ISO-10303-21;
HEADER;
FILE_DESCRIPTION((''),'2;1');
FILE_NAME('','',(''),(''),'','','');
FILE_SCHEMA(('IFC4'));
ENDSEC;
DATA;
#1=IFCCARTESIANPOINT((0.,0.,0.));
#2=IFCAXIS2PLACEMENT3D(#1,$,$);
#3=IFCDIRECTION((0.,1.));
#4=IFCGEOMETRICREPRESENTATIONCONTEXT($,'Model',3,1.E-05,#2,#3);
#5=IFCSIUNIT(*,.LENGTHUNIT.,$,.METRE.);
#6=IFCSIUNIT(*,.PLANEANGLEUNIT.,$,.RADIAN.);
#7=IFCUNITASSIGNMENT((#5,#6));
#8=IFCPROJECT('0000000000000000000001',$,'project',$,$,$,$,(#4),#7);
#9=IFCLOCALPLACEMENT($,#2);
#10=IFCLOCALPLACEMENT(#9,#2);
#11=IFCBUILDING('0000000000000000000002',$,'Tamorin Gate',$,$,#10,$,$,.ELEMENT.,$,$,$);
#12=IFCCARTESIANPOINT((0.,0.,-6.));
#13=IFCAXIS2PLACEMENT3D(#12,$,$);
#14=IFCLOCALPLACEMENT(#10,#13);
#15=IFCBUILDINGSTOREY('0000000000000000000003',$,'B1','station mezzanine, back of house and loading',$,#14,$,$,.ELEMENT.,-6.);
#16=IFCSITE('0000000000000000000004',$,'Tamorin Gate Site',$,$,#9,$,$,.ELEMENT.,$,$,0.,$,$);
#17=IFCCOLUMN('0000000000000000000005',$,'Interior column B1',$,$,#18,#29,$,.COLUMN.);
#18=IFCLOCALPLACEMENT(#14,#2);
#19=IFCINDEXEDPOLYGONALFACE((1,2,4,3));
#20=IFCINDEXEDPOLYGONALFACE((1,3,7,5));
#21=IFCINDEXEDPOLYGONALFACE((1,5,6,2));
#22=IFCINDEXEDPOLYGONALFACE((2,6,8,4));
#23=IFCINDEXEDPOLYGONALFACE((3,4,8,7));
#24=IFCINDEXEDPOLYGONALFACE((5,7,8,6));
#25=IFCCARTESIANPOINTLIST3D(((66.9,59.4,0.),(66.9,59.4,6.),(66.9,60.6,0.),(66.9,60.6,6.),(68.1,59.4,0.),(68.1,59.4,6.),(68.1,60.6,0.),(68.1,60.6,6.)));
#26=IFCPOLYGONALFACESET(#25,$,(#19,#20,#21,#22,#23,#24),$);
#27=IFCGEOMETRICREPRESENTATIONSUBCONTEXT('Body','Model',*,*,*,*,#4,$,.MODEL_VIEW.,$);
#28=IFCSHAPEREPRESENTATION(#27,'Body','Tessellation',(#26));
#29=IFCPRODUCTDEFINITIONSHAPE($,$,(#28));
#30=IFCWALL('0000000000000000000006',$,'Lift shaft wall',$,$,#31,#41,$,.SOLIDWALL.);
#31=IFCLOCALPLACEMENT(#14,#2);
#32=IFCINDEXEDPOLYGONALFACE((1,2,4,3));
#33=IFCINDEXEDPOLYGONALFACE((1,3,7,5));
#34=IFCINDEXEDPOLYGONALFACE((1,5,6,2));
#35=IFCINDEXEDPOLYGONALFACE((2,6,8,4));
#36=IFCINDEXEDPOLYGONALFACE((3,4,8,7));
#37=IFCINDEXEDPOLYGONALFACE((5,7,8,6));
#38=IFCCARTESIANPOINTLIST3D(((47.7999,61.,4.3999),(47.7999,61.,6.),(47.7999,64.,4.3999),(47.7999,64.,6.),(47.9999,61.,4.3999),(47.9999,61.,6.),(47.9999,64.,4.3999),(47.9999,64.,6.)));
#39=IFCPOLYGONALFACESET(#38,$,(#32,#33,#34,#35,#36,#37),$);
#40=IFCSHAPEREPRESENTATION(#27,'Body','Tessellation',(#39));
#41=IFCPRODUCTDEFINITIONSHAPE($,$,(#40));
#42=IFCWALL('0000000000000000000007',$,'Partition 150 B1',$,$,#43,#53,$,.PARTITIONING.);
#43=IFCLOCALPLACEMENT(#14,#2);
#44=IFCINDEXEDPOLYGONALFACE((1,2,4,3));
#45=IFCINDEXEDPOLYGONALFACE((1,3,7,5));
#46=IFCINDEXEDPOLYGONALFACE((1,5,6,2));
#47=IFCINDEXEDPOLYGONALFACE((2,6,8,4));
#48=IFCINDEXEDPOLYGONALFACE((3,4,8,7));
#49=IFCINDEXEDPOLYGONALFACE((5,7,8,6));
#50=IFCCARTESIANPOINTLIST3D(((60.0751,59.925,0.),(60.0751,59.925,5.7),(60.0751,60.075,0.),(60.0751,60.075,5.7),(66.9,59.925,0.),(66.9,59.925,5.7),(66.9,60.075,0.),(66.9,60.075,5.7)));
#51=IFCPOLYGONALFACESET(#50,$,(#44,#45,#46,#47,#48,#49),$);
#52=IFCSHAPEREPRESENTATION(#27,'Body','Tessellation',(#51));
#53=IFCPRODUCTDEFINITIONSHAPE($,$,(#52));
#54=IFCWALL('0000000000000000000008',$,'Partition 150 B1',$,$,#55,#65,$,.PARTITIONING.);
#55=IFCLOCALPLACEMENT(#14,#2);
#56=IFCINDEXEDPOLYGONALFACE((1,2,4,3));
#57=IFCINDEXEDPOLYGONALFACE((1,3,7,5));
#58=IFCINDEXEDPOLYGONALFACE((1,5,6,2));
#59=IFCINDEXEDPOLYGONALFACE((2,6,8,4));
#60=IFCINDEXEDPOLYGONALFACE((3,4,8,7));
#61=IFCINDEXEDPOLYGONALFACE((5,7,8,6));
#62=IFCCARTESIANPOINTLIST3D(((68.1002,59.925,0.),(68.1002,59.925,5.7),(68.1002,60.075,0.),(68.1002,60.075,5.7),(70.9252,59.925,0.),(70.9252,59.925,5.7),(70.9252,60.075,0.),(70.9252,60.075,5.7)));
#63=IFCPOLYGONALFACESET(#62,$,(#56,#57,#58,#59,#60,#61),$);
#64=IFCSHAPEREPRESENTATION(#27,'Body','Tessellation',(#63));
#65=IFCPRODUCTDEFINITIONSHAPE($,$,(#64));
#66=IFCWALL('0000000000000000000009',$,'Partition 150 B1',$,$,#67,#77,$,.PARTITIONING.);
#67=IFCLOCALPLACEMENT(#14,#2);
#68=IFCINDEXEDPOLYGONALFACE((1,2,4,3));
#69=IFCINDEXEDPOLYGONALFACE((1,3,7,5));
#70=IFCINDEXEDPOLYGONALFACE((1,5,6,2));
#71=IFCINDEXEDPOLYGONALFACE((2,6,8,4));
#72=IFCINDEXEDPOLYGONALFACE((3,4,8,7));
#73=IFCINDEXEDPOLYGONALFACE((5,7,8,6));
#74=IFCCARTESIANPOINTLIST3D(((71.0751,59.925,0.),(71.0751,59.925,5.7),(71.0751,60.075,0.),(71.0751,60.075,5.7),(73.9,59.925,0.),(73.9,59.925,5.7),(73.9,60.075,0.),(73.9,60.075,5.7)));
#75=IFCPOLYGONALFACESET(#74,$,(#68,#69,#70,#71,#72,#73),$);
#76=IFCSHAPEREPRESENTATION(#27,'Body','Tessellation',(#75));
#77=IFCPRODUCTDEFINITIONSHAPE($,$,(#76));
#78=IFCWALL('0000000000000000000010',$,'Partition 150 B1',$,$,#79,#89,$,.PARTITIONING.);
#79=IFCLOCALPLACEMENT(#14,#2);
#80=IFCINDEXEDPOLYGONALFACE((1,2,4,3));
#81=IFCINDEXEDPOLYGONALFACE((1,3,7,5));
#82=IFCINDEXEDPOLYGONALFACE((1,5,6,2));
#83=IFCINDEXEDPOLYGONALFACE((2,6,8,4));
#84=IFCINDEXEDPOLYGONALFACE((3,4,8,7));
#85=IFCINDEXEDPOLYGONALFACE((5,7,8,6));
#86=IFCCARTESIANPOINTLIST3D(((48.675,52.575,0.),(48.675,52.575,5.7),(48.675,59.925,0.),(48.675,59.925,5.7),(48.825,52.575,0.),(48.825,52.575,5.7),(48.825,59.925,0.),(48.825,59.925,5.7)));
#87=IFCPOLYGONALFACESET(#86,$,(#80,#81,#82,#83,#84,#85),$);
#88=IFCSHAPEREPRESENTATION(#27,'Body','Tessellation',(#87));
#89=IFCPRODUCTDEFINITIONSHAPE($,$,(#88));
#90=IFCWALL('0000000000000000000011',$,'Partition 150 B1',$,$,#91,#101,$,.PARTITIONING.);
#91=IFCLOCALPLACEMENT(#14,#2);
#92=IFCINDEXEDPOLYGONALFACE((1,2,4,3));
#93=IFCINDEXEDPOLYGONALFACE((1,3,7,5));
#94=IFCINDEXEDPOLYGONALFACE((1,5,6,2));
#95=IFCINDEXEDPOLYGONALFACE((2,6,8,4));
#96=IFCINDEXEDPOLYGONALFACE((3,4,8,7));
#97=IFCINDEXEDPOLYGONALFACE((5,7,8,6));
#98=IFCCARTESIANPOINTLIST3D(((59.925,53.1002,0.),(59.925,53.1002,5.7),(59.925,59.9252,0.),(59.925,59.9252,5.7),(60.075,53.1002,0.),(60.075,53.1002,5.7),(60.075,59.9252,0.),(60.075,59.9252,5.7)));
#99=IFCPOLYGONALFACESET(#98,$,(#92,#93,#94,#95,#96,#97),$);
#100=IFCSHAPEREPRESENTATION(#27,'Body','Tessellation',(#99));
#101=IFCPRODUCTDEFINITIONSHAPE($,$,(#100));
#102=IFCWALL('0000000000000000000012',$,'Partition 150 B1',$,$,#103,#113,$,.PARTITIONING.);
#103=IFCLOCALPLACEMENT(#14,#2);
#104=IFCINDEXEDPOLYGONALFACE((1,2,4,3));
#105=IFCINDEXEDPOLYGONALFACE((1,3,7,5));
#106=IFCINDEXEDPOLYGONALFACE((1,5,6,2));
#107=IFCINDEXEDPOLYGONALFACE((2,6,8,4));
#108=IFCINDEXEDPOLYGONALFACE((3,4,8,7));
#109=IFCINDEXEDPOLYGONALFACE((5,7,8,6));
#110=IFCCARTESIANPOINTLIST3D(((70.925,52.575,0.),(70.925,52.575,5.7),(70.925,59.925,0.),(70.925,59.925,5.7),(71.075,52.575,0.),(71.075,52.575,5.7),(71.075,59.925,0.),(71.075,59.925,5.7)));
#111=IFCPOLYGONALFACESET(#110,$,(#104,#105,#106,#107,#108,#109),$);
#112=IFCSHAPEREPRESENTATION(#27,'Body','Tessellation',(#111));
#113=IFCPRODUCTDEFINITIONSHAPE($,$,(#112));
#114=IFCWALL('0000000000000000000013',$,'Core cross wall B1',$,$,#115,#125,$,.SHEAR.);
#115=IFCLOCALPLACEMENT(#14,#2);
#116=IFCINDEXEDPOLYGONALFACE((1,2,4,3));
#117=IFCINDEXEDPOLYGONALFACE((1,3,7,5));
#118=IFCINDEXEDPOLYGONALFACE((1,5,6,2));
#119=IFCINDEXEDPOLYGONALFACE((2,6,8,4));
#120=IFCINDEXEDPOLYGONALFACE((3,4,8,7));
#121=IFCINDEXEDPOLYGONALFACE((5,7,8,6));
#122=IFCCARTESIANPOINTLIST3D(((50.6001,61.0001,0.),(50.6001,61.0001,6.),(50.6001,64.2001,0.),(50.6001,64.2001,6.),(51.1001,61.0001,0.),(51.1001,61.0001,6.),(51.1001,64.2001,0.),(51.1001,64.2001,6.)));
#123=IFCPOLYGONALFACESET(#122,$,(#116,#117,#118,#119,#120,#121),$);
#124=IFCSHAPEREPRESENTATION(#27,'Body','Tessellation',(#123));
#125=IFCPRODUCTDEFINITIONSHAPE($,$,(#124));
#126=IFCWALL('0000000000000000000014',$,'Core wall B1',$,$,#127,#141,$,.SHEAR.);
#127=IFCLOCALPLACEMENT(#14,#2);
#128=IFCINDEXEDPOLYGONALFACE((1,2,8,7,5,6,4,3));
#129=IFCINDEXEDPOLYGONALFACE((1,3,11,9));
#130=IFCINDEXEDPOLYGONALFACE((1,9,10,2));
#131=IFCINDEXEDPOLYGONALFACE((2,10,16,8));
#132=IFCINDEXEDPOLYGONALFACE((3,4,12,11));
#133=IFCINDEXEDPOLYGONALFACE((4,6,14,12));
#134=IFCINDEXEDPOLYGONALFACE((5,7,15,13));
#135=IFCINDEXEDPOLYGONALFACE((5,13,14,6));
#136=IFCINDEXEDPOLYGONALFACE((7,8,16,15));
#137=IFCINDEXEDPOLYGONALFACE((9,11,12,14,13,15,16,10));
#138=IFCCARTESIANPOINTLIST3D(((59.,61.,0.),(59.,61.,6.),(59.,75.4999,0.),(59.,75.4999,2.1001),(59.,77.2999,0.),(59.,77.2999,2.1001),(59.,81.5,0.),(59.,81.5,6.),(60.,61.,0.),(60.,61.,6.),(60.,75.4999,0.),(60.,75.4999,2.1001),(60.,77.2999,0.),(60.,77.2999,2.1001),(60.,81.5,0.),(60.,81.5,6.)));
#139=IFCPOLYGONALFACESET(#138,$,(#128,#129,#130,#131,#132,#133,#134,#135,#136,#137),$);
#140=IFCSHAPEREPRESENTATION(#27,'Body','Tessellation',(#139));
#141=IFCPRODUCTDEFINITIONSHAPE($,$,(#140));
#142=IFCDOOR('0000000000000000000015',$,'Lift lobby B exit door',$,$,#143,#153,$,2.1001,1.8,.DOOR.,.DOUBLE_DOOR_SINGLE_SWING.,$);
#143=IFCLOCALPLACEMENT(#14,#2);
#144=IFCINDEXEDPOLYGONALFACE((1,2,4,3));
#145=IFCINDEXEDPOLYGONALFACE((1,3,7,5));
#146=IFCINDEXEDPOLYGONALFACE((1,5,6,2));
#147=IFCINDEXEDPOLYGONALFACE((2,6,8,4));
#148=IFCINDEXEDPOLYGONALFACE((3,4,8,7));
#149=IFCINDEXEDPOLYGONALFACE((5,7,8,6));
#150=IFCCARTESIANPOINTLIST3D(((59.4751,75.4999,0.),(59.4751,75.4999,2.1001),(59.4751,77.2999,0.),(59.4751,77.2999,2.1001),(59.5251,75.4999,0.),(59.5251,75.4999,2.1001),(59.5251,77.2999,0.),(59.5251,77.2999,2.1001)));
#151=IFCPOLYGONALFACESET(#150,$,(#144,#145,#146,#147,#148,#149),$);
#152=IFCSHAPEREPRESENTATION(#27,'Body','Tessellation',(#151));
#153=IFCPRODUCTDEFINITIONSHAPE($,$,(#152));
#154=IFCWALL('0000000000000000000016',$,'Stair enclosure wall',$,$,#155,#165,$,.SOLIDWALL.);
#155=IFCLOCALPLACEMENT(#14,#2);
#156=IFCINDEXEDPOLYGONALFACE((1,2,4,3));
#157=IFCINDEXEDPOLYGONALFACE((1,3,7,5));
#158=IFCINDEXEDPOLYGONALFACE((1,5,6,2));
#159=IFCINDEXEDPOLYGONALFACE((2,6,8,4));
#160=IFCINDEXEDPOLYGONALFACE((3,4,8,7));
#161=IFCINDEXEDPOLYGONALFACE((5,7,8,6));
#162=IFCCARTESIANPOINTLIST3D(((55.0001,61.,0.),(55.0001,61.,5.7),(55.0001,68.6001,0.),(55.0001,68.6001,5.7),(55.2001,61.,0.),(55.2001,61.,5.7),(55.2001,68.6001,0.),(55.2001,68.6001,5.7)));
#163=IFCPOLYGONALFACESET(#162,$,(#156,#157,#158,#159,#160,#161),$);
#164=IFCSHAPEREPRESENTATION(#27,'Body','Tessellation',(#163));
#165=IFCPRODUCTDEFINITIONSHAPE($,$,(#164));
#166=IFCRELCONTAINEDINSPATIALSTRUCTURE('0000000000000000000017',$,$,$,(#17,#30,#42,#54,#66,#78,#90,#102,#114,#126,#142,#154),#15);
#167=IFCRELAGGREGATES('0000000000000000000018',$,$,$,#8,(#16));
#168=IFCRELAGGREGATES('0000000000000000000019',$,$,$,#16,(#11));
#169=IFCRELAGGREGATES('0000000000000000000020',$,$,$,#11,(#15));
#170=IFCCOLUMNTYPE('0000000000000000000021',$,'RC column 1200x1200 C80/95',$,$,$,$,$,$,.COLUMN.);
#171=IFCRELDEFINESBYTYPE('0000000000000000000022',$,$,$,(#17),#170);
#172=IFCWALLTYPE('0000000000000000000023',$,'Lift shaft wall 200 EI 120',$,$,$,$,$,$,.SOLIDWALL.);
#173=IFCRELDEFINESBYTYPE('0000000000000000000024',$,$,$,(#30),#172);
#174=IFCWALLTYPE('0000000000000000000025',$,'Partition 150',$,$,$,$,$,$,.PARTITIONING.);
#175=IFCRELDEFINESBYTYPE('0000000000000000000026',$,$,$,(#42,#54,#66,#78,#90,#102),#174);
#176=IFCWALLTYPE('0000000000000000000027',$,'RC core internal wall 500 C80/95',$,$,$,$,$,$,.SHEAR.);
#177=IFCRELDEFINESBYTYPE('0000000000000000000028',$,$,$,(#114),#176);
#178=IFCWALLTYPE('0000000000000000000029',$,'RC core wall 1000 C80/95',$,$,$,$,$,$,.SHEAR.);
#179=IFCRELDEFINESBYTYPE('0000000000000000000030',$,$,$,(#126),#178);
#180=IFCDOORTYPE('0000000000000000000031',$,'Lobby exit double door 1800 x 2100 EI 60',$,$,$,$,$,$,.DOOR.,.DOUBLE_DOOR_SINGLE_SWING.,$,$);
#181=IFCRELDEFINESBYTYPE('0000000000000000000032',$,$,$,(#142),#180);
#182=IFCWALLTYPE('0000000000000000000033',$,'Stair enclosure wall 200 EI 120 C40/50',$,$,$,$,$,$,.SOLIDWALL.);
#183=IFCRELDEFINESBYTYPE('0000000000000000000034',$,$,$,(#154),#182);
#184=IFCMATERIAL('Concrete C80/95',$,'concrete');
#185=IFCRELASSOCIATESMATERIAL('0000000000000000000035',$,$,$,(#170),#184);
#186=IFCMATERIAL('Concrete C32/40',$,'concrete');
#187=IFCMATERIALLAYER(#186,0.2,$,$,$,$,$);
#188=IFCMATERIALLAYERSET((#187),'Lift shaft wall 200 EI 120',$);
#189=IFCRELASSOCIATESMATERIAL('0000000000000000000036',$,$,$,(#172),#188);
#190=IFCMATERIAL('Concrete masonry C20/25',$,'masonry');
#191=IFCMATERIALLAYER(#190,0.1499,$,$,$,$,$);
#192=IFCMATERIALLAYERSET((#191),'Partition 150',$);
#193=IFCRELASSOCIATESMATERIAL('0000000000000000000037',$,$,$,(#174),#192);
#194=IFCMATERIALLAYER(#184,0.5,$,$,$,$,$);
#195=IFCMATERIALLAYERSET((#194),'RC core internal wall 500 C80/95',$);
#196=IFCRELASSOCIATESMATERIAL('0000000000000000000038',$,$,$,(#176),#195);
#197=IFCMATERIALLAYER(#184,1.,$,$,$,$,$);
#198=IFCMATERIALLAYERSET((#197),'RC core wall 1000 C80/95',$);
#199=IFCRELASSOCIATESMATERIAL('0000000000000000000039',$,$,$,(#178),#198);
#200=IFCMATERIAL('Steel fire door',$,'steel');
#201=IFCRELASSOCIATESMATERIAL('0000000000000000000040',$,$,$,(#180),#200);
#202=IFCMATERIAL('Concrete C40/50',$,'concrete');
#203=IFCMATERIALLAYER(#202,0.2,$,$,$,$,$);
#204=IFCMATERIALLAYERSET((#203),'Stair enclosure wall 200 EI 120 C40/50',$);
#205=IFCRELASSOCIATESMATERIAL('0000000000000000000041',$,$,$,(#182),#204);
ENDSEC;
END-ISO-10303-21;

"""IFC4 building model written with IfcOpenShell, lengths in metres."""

from ifc_helpers import new_model, si_unit, direction, frame, frame_2d, origin, origin_2d, place, context, subcontext, project, spatial, rectangle, extrude, material, layer, layer_set, material_profile, profile_set, type_object, element, fill, save


model = new_model("IFC4")

# Units and contexts
model_context = context("Model", 3, precision=1e-05, world=origin(), true_north=direction((0.0, 1.0)))
body_context = subcontext(model_context, "Body", "Model", "MODEL_VIEW")
ifc_project = project(units=[si_unit("LENGTHUNIT", "METRE"), si_unit("PLANEANGLEUNIT", "RADIAN")], contexts=[model_context])

# Site, building, storey
site_placement = place(None, origin())
site = spatial("IfcSite", under=ifc_project, at=site_placement, Name="Tamorin Gate Site", CompositionType="ELEMENT", RefElevation=0.0)
building_placement = place(site_placement, origin())
building = spatial("IfcBuilding", under=site, at=building_placement, Name="Tamorin Gate", CompositionType="ELEMENT")
storey_placement = place(building_placement, frame((0.0, 0.0, -6.0)))
storey = spatial("IfcBuildingStorey", under=building, at=storey_placement, Name="B1", Description="station mezzanine, back of house and loading", CompositionType="ELEMENT", Elevation=-6.0)

# Column
ifc_material_1 = material(Name="Concrete C80/95", Category="concrete")
ifc_material_profile = material_profile(ifc_material_1, rectangle(XDim=1.2, YDim=1.2, at=origin_2d()), Name="RC 1200x1200")
ifc_profile_set = profile_set([ifc_material_profile], Name="Concrete C80/95")
column_type = type_object("IfcColumnType", Name="RC column 1200x1200 C80/95", PredefinedType="COLUMN", material=ifc_profile_set)
column_placement = place(storey_placement, frame((67.5, 60.0, 0.0), z_axis=(0.0, 0.0, 1.0), x_axis=(1.0, 0.0, 0.0)))
element("IfcColumn", 1, at=column_placement, inside=storey, type_object=column_type, Name="Interior column B1", PredefinedType="COLUMN", context=body_context, shape_type="SweptSolid", body=[
    extrude(rectangle(XDim=1.2, YDim=1.2, at=origin_2d()), origin(), (0.0, 0.0, 1.0), 6.0),
])

# Walls
ifc_material_2 = material(Name="Concrete C32/40", Category="concrete")
ifc_layer_1 = layer(ifc_material_2, 0.2)
ifc_layer_set_1 = layer_set([ifc_layer_1], Name="Lift shaft wall 200 EI 120")
wall_type_1 = type_object("IfcWallType", Name="Lift shaft wall 200 EI 120", PredefinedType="SOLIDWALL", material=ifc_layer_set_1)
wall_1_placement = place(storey_placement, frame((47.8999, 61.0, 4.3999), z_axis=(0.0, 0.0, 1.0), x_axis=(0.0, 1.0, 0.0)))
element("IfcWall", 2, at=wall_1_placement, inside=storey, type_object=wall_type_1, Name="Lift shaft wall", PredefinedType="SOLIDWALL", context=body_context, shape_type="SweptSolid", body=[
    extrude(rectangle(XDim=3.0, YDim=0.2, at=frame_2d((1.5, 0.0))), origin(), (0.0, 0.0, 1.0), 1.6001),
])
ifc_material_3 = material(Name="Concrete masonry C20/25", Category="masonry")
ifc_layer_2 = layer(ifc_material_3, 0.1499)
ifc_layer_set_2 = layer_set([ifc_layer_2], Name="Partition 150")
wall_type_2 = type_object("IfcWallType", Name="Partition 150", PredefinedType="PARTITIONING", material=ifc_layer_set_2)
wall_2_placement = place(storey_placement, frame((60.075, 60.0, 0.0), z_axis=(0.0, 0.0, 1.0), x_axis=(1.0, 0.0, 0.0)))
element("IfcWall", 3, at=wall_2_placement, inside=storey, type_object=wall_type_2, Name="Partition 150 B1", PredefinedType="PARTITIONING", context=body_context, shape_type="SweptSolid", body=[
    extrude(rectangle(XDim=6.825, YDim=0.1499, at=frame_2d((3.4126, 0.0))), origin(), (0.0, 0.0, 1.0), 5.7),
])
for number, where, z_axis, x_axis, name in (
    (4, (68.1001, 60.0, 0.0), (0.0, 0.0, 1.0), (1.0, 0.0, 0.0), "Partition 150 B1"),
    (5, (71.075, 60.0, 0.0), (0.0, 0.0, 1.0), (1.0, 0.0, 0.0), "Partition 150 B1"),
):
    element("IfcWall", number, at=place(storey_placement, frame(where, z_axis=z_axis, x_axis=x_axis)), inside=storey, type_object=wall_type_2, Name=name, PredefinedType="PARTITIONING", context=body_context, shape_type="SweptSolid", body=[
        extrude(rectangle(XDim=2.825, YDim=0.1499, at=frame_2d((1.4126, 0.0))), origin(), (0.0, 0.0, 1.0), 5.7),
    ])
wall_3_placement = place(storey_placement, frame((48.75, 52.575, 0.0), z_axis=(0.0, 0.0, 1.0), x_axis=(0.0, 1.0, 0.0)))
element("IfcWall", 6, at=wall_3_placement, inside=storey, type_object=wall_type_2, Name="Partition 150 B1", PredefinedType="PARTITIONING", context=body_context, shape_type="SweptSolid", body=[
    extrude(rectangle(XDim=7.3501, YDim=0.1499, at=frame_2d((3.675, 0.0))), origin(), (0.0, 0.0, 1.0), 5.7),
])
wall_4_placement = place(storey_placement, frame((60.0, 53.1001, 0.0), z_axis=(0.0, 0.0, 1.0), x_axis=(0.0, 1.0, 0.0)))
element("IfcWall", 7, at=wall_4_placement, inside=storey, type_object=wall_type_2, Name="Partition 150 B1", PredefinedType="PARTITIONING", context=body_context, shape_type="SweptSolid", body=[
    extrude(rectangle(XDim=6.825, YDim=0.1499, at=frame_2d((3.4126, 0.0))), origin(), (0.0, 0.0, 1.0), 5.7),
])
wall_5_placement = place(storey_placement, frame((71.0, 52.575, 0.0), z_axis=(0.0, 0.0, 1.0), x_axis=(0.0, 1.0, 0.0)))
element("IfcWall", 8, at=wall_5_placement, inside=storey, type_object=wall_type_2, Name="Partition 150 B1", PredefinedType="PARTITIONING", context=body_context, shape_type="SweptSolid", body=[
    extrude(rectangle(XDim=7.3501, YDim=0.1499, at=frame_2d((3.675, 0.0))), origin(), (0.0, 0.0, 1.0), 5.7),
])
ifc_layer_3 = layer(ifc_material_1, 0.5)
ifc_layer_set_3 = layer_set([ifc_layer_3], Name="RC core internal wall 500 C80/95")
wall_type_3 = type_object("IfcWallType", Name="RC core internal wall 500 C80/95", PredefinedType="SHEAR", material=ifc_layer_set_3)
wall_6_placement = place(storey_placement, frame((50.8501, 61.0, 0.0), z_axis=(0.0, 0.0, 1.0), x_axis=(0.0, 1.0, 0.0)))
element("IfcWall", 9, at=wall_6_placement, inside=storey, type_object=wall_type_3, Name="Core cross wall B1", PredefinedType="SHEAR", context=body_context, shape_type="SweptSolid", body=[
    extrude(rectangle(XDim=3.2, YDim=0.5, at=frame_2d((1.6001, 0.0))), origin(), (0.0, 0.0, 1.0), 6.0),
])

# Wall, opening, door
ifc_layer_4 = layer(ifc_material_1, 1.0)
ifc_layer_set_4 = layer_set([ifc_layer_4], Name="RC core wall 1000 C80/95")
wall_type_4 = type_object("IfcWallType", Name="RC core wall 1000 C80/95", PredefinedType="SHEAR", material=ifc_layer_set_4)
wall_7_placement = place(storey_placement, frame((59.5, 61.0, 0.0), z_axis=(0.0, 0.0, 1.0), x_axis=(0.0, 1.0, 0.0)))
wall_7 = element("IfcWall", 10, at=wall_7_placement, inside=storey, type_object=wall_type_4, Name="Core wall B1", PredefinedType="SHEAR", context=body_context, shape_type="SweptSolid", body=[
    extrude(rectangle(XDim=20.5, YDim=1.0, at=frame_2d((10.25, 0.0))), origin(), (0.0, 0.0, 1.0), 6.0),
])
opening_placement = place(wall_7_placement, frame((14.5, 0.0, 0.0)))
opening = element("IfcOpeningElement", 11, at=opening_placement, cuts=wall_7, PredefinedType="OPENING", context=body_context, shape_type="SweptSolid", body=[
    extrude(rectangle(XDim=1.8, YDim=2.1001, at=frame_2d((0.8999, 1.05))), frame((0.0, 0.51, 0.0), z_axis=(0.0, -1.0, 0.0), x_axis=(1.0, 0.0, 0.0)), (0.0, 0.0, 1.0), 1.02),
])
ifc_material_4 = material(Name="Steel fire door", Category="steel")
door_type = type_object("IfcDoorType", Name="Lobby exit double door 1800 x 2100 EI 60", OperationType="DOUBLE_DOOR_SINGLE_SWING", PredefinedType="DOOR", material=ifc_material_4)
door_placement = place(opening_placement, origin())
door = element("IfcDoor", 12, at=door_placement, inside=storey, type_object=door_type, Name="Lift lobby B exit door", OperationType="DOUBLE_DOOR_SINGLE_SWING", OverallHeight=2.1001, OverallWidth=1.8, PredefinedType="DOOR", context=body_context, shape_type="SweptSolid", body=[
    extrude(rectangle(XDim=1.8, YDim=2.1001, at=frame_2d((0.8999, 1.05))), frame((0.0, 0.0249, 0.0), z_axis=(0.0, -1.0, 0.0), x_axis=(1.0, 0.0, 0.0)), (0.0, 0.0, 1.0), 0.05),
])
fill(opening, door)

# Wall
ifc_material_5 = material(Name="Concrete C40/50", Category="concrete")
ifc_layer_5 = layer(ifc_material_5, 0.2)
ifc_layer_set_5 = layer_set([ifc_layer_5], Name="Stair enclosure wall 200 EI 120 C40/50")
wall_type_5 = type_object("IfcWallType", Name="Stair enclosure wall 200 EI 120 C40/50", PredefinedType="SOLIDWALL", material=ifc_layer_set_5)
wall_8_placement = place(storey_placement, frame((55.1001, 61.0, 0.0), z_axis=(0.0, 0.0, 1.0), x_axis=(0.0, 1.0, 0.0)))
element("IfcWall", 13, at=wall_8_placement, inside=storey, type_object=wall_type_5, Name="Stair enclosure wall", PredefinedType="SOLIDWALL", context=body_context, shape_type="SweptSolid", body=[
    extrude(rectangle(XDim=7.6001, YDim=0.2, at=frame_2d((3.8, 0.0))), origin(), (0.0, 0.0, 1.0), 5.7),
])

save(model, "model.ifc")
